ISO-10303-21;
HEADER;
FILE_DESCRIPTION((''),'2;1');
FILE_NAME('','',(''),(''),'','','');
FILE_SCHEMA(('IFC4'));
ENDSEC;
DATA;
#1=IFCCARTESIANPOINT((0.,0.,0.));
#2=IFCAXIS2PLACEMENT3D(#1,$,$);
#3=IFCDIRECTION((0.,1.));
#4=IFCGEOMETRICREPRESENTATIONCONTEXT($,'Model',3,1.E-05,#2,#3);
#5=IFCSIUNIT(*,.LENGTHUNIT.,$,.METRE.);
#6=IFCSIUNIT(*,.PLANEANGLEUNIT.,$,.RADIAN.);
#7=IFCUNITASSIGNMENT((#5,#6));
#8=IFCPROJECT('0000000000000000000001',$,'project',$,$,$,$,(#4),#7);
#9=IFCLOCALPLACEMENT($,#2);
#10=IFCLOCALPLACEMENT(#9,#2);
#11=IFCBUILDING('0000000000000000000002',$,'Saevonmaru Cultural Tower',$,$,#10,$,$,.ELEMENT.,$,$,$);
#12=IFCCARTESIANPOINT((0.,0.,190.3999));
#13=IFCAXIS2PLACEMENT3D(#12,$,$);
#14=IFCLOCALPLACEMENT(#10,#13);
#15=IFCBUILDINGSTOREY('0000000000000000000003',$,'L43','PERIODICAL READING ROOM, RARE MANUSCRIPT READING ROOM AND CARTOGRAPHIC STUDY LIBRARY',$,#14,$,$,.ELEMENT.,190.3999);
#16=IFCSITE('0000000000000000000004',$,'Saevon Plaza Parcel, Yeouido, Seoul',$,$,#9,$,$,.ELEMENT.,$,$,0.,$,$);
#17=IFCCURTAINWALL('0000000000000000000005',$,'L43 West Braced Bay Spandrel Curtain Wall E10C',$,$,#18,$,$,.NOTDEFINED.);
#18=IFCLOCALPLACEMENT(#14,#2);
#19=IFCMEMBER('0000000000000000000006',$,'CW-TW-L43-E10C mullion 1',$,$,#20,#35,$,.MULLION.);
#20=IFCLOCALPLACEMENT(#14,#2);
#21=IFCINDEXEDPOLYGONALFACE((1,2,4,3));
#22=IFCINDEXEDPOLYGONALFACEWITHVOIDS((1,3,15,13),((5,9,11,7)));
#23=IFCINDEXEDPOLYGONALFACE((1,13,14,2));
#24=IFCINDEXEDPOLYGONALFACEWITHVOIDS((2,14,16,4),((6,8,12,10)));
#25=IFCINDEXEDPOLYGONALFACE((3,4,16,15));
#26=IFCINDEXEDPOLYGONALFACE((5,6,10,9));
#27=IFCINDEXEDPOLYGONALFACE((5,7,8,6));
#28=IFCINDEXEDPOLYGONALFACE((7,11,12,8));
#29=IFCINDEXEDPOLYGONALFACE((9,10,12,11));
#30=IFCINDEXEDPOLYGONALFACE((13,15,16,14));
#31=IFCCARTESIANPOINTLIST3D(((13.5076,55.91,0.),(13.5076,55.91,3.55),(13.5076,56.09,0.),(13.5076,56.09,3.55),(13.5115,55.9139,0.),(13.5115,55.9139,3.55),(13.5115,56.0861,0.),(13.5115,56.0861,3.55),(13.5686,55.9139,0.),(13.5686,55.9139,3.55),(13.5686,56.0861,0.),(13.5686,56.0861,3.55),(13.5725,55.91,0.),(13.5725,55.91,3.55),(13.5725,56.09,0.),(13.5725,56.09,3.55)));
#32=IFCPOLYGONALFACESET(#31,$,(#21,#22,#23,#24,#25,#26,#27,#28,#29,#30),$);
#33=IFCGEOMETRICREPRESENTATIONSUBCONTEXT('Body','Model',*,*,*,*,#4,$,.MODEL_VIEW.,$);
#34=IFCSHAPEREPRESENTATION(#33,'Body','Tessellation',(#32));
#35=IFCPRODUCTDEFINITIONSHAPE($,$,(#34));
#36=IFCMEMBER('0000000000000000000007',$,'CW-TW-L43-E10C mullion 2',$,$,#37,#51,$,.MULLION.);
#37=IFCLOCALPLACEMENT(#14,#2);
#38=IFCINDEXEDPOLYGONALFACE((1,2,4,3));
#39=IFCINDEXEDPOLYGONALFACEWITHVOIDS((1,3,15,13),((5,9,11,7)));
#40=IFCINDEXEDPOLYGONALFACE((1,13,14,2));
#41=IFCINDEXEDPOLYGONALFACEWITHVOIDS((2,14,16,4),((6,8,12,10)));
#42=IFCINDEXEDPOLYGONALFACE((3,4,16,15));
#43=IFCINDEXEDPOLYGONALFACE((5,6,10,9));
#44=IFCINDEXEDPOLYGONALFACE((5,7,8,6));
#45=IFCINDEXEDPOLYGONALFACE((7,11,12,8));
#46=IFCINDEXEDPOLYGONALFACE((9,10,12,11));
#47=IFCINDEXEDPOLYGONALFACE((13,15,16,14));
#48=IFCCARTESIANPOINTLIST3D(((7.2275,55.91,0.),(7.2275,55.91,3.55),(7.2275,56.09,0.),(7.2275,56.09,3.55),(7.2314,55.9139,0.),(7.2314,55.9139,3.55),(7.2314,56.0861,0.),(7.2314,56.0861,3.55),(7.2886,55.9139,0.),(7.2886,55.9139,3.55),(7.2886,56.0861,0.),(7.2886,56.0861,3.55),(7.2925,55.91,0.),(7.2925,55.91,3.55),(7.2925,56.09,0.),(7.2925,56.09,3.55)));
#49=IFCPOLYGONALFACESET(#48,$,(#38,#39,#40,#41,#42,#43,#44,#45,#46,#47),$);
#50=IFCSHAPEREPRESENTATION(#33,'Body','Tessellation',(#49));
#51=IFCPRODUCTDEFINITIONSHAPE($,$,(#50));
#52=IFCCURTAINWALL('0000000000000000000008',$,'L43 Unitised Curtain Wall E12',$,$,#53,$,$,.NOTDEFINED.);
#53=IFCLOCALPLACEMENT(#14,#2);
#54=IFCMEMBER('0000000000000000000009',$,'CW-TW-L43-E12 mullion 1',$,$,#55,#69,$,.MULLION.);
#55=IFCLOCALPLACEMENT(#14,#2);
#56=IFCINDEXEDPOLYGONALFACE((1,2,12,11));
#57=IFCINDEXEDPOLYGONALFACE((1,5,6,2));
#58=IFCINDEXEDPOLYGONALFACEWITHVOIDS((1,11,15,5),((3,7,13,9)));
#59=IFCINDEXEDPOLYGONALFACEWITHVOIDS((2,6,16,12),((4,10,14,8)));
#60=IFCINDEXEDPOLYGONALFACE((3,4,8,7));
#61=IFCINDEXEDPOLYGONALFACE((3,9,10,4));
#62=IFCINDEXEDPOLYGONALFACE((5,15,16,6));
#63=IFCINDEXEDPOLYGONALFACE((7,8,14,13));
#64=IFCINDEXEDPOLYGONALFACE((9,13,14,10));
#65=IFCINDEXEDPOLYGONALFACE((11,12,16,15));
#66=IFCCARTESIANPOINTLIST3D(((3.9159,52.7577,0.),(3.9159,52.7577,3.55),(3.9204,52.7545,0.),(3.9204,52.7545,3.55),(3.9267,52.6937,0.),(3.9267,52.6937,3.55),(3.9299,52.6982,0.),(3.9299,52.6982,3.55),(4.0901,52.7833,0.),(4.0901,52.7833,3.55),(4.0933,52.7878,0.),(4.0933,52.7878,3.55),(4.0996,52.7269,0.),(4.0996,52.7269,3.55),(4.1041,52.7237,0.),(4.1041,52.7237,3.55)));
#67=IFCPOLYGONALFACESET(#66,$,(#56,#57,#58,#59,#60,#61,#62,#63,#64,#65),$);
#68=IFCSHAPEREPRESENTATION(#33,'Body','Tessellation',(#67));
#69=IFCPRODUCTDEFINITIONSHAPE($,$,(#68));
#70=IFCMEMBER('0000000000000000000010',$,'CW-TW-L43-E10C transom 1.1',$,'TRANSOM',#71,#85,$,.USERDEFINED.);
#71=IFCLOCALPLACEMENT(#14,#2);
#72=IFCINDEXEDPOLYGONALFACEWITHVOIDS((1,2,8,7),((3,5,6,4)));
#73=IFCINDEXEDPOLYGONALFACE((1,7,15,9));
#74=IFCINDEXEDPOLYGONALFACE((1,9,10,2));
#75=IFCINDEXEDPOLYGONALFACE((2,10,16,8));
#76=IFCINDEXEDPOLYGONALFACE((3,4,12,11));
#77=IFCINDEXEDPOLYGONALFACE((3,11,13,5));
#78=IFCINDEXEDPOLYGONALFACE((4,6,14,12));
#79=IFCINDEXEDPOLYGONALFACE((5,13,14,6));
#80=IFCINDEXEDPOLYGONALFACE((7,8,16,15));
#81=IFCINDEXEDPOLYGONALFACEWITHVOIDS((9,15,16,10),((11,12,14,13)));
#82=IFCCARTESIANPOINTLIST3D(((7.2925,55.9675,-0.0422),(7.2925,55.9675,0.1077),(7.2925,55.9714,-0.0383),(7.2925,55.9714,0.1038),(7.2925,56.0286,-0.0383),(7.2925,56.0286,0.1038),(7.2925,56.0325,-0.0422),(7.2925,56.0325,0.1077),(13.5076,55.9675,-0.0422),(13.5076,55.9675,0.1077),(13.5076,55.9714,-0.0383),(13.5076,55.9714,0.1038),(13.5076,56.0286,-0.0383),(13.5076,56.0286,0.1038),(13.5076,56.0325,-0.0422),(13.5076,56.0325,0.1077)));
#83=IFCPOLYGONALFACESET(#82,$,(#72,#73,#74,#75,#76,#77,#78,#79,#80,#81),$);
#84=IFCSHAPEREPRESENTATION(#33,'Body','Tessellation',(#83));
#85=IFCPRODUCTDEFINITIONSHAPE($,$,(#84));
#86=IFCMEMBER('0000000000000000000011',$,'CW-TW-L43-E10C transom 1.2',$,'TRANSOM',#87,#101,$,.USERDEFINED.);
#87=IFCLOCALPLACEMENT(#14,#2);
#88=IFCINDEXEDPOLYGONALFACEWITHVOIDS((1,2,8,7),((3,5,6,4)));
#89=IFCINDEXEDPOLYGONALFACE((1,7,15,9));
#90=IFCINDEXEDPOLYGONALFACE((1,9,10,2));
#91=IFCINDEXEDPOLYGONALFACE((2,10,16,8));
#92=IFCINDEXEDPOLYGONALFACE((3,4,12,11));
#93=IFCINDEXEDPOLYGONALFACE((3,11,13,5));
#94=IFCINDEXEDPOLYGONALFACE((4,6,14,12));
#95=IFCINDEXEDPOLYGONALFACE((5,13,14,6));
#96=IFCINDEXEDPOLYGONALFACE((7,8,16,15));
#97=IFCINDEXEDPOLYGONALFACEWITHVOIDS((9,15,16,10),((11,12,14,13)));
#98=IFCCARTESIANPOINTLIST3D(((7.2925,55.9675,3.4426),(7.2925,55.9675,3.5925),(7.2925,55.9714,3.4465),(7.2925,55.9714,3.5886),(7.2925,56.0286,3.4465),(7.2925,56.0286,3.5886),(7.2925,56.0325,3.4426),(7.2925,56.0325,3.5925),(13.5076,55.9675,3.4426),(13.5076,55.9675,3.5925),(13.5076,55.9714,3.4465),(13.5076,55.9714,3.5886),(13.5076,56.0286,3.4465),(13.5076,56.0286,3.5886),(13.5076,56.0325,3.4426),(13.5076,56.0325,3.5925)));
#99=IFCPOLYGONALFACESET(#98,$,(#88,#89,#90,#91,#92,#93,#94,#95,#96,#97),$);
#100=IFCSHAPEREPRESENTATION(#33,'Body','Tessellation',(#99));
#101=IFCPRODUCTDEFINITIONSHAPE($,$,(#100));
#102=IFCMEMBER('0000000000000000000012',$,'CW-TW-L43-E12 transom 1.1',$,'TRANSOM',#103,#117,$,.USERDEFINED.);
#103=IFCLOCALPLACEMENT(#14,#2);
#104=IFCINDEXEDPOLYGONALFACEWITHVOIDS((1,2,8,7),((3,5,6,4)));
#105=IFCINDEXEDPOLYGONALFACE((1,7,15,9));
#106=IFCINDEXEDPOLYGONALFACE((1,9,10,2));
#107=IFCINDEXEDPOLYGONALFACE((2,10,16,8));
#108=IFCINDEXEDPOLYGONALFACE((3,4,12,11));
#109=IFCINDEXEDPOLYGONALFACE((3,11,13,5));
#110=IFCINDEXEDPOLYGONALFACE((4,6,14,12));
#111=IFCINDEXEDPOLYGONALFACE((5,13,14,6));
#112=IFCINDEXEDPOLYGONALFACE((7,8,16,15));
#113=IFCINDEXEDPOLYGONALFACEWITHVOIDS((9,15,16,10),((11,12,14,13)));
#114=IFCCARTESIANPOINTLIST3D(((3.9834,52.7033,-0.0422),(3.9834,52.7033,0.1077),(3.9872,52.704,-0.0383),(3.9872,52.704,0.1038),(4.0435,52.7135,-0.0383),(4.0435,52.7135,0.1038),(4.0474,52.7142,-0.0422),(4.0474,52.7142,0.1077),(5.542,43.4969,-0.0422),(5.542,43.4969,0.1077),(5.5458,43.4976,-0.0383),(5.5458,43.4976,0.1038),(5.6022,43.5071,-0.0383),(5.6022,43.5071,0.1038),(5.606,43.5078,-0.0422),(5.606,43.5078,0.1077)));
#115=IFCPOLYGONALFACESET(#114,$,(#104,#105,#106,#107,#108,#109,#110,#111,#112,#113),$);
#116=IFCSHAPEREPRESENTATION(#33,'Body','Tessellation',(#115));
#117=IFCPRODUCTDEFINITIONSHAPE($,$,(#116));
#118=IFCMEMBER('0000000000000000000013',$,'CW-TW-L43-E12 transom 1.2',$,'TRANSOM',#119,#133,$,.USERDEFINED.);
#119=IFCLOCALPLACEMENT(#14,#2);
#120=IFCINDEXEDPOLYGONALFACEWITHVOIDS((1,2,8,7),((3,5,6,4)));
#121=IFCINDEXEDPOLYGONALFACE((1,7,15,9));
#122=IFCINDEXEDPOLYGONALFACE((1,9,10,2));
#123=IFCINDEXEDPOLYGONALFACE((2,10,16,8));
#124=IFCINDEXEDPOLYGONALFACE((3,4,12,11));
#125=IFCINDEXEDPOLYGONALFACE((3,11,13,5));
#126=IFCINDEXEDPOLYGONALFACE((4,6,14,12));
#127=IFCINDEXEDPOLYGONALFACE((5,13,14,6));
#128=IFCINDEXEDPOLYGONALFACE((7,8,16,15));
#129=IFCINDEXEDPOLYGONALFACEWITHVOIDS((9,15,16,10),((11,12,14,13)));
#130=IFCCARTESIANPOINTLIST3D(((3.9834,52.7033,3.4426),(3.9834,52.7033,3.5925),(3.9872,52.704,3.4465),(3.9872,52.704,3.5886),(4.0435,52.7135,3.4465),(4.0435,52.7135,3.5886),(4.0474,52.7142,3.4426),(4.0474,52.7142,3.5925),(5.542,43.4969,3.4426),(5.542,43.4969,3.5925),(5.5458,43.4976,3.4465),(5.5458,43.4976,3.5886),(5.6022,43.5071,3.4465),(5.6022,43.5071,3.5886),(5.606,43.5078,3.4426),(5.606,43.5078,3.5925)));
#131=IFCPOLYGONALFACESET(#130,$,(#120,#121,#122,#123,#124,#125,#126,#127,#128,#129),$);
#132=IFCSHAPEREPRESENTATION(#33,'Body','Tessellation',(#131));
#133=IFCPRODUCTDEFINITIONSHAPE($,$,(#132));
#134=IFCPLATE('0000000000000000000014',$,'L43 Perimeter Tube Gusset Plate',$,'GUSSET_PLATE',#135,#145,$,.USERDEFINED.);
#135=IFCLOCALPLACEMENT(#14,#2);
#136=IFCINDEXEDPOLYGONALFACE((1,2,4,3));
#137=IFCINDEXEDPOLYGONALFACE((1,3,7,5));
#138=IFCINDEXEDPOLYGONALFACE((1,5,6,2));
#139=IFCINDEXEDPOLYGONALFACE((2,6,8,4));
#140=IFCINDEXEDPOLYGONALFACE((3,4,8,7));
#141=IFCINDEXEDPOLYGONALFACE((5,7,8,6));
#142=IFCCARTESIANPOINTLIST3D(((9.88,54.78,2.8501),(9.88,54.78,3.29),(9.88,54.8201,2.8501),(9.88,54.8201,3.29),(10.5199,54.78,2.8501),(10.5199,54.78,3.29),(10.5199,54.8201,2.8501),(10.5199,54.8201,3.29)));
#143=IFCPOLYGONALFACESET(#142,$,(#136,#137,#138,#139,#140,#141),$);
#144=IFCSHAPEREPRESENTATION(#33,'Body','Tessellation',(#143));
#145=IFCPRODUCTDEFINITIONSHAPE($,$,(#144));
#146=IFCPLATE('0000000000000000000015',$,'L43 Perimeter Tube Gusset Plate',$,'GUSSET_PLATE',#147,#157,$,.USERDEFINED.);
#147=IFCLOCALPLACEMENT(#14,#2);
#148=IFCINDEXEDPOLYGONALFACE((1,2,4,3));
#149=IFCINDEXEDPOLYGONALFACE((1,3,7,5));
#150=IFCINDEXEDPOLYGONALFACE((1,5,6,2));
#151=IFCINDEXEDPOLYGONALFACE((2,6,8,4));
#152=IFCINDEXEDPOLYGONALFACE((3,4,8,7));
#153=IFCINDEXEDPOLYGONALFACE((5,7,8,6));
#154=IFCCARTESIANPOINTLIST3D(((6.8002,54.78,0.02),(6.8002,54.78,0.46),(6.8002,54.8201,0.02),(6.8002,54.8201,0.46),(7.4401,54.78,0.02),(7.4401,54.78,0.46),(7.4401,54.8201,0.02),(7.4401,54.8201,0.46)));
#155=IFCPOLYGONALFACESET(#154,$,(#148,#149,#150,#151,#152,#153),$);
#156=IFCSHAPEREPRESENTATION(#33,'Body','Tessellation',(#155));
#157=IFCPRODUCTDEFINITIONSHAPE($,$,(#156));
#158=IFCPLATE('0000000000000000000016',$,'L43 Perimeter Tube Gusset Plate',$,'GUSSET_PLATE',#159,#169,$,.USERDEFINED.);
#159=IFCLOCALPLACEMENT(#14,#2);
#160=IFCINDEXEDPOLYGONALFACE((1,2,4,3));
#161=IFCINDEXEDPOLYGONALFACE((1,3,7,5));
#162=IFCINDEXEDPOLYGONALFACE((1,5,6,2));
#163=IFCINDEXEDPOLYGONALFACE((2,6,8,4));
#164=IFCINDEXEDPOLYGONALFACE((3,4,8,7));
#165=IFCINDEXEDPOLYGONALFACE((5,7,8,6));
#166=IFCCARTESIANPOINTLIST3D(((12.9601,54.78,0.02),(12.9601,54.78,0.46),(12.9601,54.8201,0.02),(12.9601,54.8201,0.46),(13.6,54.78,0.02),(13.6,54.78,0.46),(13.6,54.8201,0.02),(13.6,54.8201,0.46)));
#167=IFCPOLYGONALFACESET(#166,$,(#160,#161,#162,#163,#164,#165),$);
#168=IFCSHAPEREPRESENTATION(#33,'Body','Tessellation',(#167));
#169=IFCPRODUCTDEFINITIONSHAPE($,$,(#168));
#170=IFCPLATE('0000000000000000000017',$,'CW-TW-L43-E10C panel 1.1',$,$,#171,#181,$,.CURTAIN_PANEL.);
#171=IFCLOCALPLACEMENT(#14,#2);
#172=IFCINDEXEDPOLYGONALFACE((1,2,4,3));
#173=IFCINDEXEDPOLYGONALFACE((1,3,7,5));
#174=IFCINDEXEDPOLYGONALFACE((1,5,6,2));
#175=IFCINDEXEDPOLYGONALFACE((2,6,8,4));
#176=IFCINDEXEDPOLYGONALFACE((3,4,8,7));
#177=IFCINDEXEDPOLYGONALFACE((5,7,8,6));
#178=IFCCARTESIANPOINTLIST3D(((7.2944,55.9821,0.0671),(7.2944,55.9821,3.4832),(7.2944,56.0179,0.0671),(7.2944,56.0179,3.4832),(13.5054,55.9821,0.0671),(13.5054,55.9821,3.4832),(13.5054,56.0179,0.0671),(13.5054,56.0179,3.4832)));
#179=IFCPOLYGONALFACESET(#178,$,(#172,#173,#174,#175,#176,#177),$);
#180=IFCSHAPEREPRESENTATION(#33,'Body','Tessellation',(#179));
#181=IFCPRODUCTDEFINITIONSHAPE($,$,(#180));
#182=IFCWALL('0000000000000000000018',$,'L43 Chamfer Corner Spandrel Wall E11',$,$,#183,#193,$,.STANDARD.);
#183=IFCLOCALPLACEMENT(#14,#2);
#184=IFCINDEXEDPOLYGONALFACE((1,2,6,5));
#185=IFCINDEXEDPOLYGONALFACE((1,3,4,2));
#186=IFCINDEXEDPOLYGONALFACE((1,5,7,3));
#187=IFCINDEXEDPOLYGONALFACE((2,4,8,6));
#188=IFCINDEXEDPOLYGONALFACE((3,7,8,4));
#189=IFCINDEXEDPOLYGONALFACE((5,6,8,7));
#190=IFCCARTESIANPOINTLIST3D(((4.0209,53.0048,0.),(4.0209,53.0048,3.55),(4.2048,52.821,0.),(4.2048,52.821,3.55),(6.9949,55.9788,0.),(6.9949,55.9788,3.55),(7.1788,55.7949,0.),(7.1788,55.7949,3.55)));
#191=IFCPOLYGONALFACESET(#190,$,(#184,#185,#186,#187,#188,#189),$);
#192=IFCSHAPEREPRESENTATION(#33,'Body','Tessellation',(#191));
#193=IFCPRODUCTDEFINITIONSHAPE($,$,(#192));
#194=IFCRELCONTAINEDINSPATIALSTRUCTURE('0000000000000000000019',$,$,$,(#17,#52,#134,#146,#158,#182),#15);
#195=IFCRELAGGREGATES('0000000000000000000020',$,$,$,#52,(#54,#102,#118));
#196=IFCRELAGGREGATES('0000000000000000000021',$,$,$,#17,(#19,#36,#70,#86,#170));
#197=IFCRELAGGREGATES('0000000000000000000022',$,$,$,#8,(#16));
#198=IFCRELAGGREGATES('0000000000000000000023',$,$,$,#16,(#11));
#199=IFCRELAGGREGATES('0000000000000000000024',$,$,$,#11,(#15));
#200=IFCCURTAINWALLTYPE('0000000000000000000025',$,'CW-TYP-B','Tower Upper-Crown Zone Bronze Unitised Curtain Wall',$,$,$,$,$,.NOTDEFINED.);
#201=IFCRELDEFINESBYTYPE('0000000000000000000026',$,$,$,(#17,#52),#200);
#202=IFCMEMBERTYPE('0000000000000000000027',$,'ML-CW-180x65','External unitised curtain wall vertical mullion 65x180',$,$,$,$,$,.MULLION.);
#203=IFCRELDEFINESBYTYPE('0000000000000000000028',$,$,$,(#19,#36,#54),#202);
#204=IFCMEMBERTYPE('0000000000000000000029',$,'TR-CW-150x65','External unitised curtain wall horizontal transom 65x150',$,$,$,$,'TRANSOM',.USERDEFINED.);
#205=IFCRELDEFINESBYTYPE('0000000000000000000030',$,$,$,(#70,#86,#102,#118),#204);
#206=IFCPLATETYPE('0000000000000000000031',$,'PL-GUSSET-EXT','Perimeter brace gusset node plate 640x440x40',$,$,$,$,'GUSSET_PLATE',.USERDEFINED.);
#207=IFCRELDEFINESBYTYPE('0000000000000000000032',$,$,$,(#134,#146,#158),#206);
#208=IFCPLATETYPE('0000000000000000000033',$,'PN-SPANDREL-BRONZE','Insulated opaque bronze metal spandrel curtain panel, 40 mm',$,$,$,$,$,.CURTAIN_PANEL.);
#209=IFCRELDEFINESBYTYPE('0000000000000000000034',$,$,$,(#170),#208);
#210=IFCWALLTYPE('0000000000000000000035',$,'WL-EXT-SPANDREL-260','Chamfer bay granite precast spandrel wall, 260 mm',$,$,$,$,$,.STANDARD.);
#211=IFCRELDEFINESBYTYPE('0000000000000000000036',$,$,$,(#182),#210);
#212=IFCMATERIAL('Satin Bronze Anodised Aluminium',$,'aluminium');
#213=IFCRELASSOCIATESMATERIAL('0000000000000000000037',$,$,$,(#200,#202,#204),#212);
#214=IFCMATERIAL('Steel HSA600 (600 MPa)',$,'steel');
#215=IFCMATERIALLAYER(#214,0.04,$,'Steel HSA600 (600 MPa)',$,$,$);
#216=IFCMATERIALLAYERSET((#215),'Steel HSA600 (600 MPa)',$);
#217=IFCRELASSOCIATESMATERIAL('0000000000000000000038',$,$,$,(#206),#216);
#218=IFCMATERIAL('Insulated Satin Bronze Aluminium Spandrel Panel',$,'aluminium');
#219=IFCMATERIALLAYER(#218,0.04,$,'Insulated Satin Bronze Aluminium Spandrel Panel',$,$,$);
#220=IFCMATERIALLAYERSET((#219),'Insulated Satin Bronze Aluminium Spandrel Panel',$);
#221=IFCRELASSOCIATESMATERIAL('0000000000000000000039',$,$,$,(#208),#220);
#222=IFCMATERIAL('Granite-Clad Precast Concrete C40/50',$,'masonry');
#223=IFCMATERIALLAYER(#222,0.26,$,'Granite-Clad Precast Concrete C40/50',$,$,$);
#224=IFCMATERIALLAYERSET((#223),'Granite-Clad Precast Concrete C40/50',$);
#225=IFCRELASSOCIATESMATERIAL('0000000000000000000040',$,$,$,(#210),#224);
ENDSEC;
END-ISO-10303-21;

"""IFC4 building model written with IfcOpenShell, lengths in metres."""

from ifc_helpers import new_model, si_unit, direction, frame, frame_2d, origin, origin_2d, place, context, subcontext, project, spatial, rectangle, hollow_rectangle, extrude, material, layer, layer_set, material_profile, profile_set, type_object, element, aggregate, save


model = new_model("IFC4")

# Units and contexts
model_context = context("Model", 3, precision=1e-05, world=origin(), true_north=direction((0.0, 1.0)))
body_context = subcontext(model_context, "Body", "Model", "MODEL_VIEW")
ifc_project = project(units=[si_unit("LENGTHUNIT", "METRE"), si_unit("PLANEANGLEUNIT", "RADIAN")], contexts=[model_context])

# Site, building, storey
site_placement = place(None, origin())
site = spatial("IfcSite", under=ifc_project, at=site_placement, Name="Saevon Plaza Parcel, Yeouido, Seoul", CompositionType="ELEMENT", RefElevation=0.0)
building_placement = place(site_placement, origin())
building = spatial("IfcBuilding", under=site, at=building_placement, Name="Saevonmaru Cultural Tower", CompositionType="ELEMENT")
storey_placement = place(building_placement, frame((0.0, 0.0, 190.3999)))
storey = spatial("IfcBuildingStorey", under=building, at=storey_placement, Name="L43", Description="PERIODICAL READING ROOM, RARE MANUSCRIPT READING ROOM AND CARTOGRAPHIC STUDY LIBRARY", CompositionType="ELEMENT", Elevation=190.3999)

# Curtain wall, members
ifc_material_1 = material(Name="Satin Bronze Anodised Aluminium", Category="aluminium")
curtain_wall_type = type_object("IfcCurtainWallType", Name="CW-TYP-B", Description="Tower Upper-Crown Zone Bronze Unitised Curtain Wall", PredefinedType="NOTDEFINED", material=ifc_material_1)
curtain_wall_1_placement = place(storey_placement, origin())
curtain_wall_1 = element("IfcCurtainWall", 1, at=curtain_wall_1_placement, inside=storey, type_object=curtain_wall_type, Name="L43 West Braced Bay Spandrel Curtain Wall E10C", PredefinedType="NOTDEFINED")
ifc_material_profile_1 = material_profile(ifc_material_1, hollow_rectangle(XDim=0.0649, YDim=0.1799, WallThickness=0.0039, at=origin_2d()), Name="ALU-MULL-180x65x4")
ifc_profile_set_1 = profile_set([ifc_material_profile_1], Name="Satin Bronze Anodised Aluminium")
member_type_1 = type_object("IfcMemberType", Name="ML-CW-180x65", Description="External unitised curtain wall vertical mullion 65x180", PredefinedType="MULLION", material=ifc_profile_set_1)
member_1_placement = place(storey_placement, frame((13.54, 56.0, 0.0), z_axis=(0.0, 0.0, 1.0), x_axis=(-1.0, 0.0, 0.0)))
member_1 = element("IfcMember", 2, at=member_1_placement, type_object=member_type_1, Name="CW-TW-L43-E10C mullion 1", PredefinedType="MULLION", context=body_context, shape_type="SweptSolid", body=[
    extrude(hollow_rectangle(XDim=0.0649, YDim=0.1799, WallThickness=0.0039, at=origin_2d()), origin(), (0.0, 0.0, 1.0), 3.55),
])
member_2_placement = place(storey_placement, frame((7.26, 56.0, 0.0), z_axis=(0.0, 0.0, 1.0), x_axis=(-1.0, 0.0, 0.0)))
member_2 = element("IfcMember", 3, at=member_2_placement, type_object=member_type_1, Name="CW-TW-L43-E10C mullion 2", PredefinedType="MULLION", context=body_context, shape_type="SweptSolid", body=[
    extrude(hollow_rectangle(XDim=0.0649, YDim=0.1799, WallThickness=0.0039, at=origin_2d()), origin(), (0.0, 0.0, 1.0), 3.55),
])

# Curtain wall, member
curtain_wall_2_placement = place(storey_placement, origin())
curtain_wall_2 = element("IfcCurtainWall", 4, at=curtain_wall_2_placement, inside=storey, type_object=curtain_wall_type, Name="L43 Unitised Curtain Wall E12", PredefinedType="NOTDEFINED")
member_3_placement = place(storey_placement, frame((4.01, 52.7407, 0.0), z_axis=(0.0, 0.0, 1.0), x_axis=(0.166922, -0.98597, 0.0)))
member_3 = element("IfcMember", 5, at=member_3_placement, type_object=member_type_1, Name="CW-TW-L43-E12 mullion 1", PredefinedType="MULLION", context=body_context, shape_type="SweptSolid", body=[
    extrude(hollow_rectangle(XDim=0.0649, YDim=0.1799, WallThickness=0.0039, at=origin_2d()), origin(), (0.0, 0.0, 1.0), 3.55),
])

# Members
ifc_material_profile_2 = material_profile(ifc_material_1, hollow_rectangle(XDim=0.0649, YDim=0.1499, WallThickness=0.0039, at=origin_2d()), Name="ALU-TRAN-150x65x4")
ifc_profile_set_2 = profile_set([ifc_material_profile_2], Name="Satin Bronze Anodised Aluminium")
member_type_2 = type_object("IfcMemberType", Name="TR-CW-150x65", Description="External unitised curtain wall horizontal transom 65x150", ElementType="TRANSOM", PredefinedType="USERDEFINED", material=ifc_profile_set_2)
member_4_placement = place(storey_placement, frame((13.5076, 56.0, 0.0327), z_axis=(-1.0, 0.0, 0.0), x_axis=(0.0, -1.0, 0.0)))
member_4 = element("IfcMember", 6, at=member_4_placement, type_object=member_type_2, Name="CW-TW-L43-E10C transom 1.1", ObjectType="TRANSOM", PredefinedType="USERDEFINED", context=body_context, shape_type="SweptSolid", body=[
    extrude(hollow_rectangle(XDim=0.0649, YDim=0.1499, WallThickness=0.0039, at=origin_2d()), origin(), (0.0, 0.0, 1.0), 6.2151),
])
member_5_placement = place(storey_placement, frame((13.5076, 56.0, 3.5176), z_axis=(-1.0, 0.0, 0.0), x_axis=(0.0, -1.0, 0.0)))
member_5 = element("IfcMember", 7, at=member_5_placement, type_object=member_type_2, Name="CW-TW-L43-E10C transom 1.2", ObjectType="TRANSOM", PredefinedType="USERDEFINED", context=body_context, shape_type="SweptSolid", body=[
    extrude(hollow_rectangle(XDim=0.0649, YDim=0.1499, WallThickness=0.0039, at=origin_2d()), origin(), (0.0, 0.0, 1.0), 6.2151),
])
member_6_placement = place(storey_placement, frame((4.0154, 52.7087, 0.0327), z_axis=(0.166921, -0.98597, 0.0), x_axis=(0.98597, 0.166921, 0.0)))
member_6 = element("IfcMember", 8, at=member_6_placement, type_object=member_type_2, Name="CW-TW-L43-E12 transom 1.1", ObjectType="TRANSOM", PredefinedType="USERDEFINED", context=body_context, shape_type="SweptSolid", body=[
    extrude(hollow_rectangle(XDim=0.0649, YDim=0.1499, WallThickness=0.0039, at=origin_2d()), origin(), (0.0, 0.0, 1.0), 9.3374),
])
member_7_placement = place(storey_placement, frame((4.0154, 52.7087, 3.5176), z_axis=(0.166921, -0.98597, 0.0), x_axis=(0.98597, 0.166921, 0.0)))
member_7 = element("IfcMember", 9, at=member_7_placement, type_object=member_type_2, Name="CW-TW-L43-E12 transom 1.2", ObjectType="TRANSOM", PredefinedType="USERDEFINED", context=body_context, shape_type="SweptSolid", body=[
    extrude(hollow_rectangle(XDim=0.0649, YDim=0.1499, WallThickness=0.0039, at=origin_2d()), origin(), (0.0, 0.0, 1.0), 9.3374),
])
aggregate(curtain_wall_2, [member_3, member_6, member_7])

# Plates
ifc_material_2 = material(Name="Steel HSA600 (600 MPa)", Category="steel")
ifc_layer_1 = layer(ifc_material_2, 0.04, Name="Steel HSA600 (600 MPa)")
ifc_layer_set_1 = layer_set([ifc_layer_1], Name="Steel HSA600 (600 MPa)")
plate_type_1 = type_object("IfcPlateType", Name="PL-GUSSET-EXT", Description="Perimeter brace gusset node plate 640x440x40", ElementType="GUSSET_PLATE", PredefinedType="USERDEFINED", material=ifc_layer_set_1)
for number, where, z_axis, x_axis, name in (
    (10, (10.2, 54.8, 2.8501), (0.0, 0.0, 1.0), (1.0, 0.0, 0.0), "L43 Perimeter Tube Gusset Plate"),
    (11, (7.1201, 54.8, 0.02), (0.0, 0.0, 1.0), (1.0, 0.0, 0.0), "L43 Perimeter Tube Gusset Plate"),
    (12, (13.28, 54.8, 0.02), (0.0, 0.0, 1.0), (1.0, 0.0, 0.0), "L43 Perimeter Tube Gusset Plate"),
):
    element("IfcPlate", number, at=place(storey_placement, frame(where, z_axis=z_axis, x_axis=x_axis)), inside=storey, type_object=plate_type_1, Name=name, ObjectType="GUSSET_PLATE", PredefinedType="USERDEFINED", context=body_context, shape_type="SweptSolid", body=[
        extrude(rectangle(XDim=0.6399, YDim=0.04, at=origin_2d()), origin(), (0.0, 0.0, 1.0), 0.4399),
    ])

# Plate
ifc_material_3 = material(Name="Insulated Satin Bronze Aluminium Spandrel Panel", Category="aluminium")
ifc_layer_2 = layer(ifc_material_3, 0.04, Name="Insulated Satin Bronze Aluminium Spandrel Panel")
ifc_layer_set_2 = layer_set([ifc_layer_2], Name="Insulated Satin Bronze Aluminium Spandrel Panel")
plate_type_2 = type_object("IfcPlateType", Name="PN-SPANDREL-BRONZE", Description="Insulated opaque bronze metal spandrel curtain panel, 40 mm", PredefinedType="CURTAIN_PANEL", material=ifc_layer_set_2)
plate_placement = place(storey_placement, frame((10.3999, 56.0, 0.0671), z_axis=(0.0, 0.0, 1.0), x_axis=(-1.0, 0.0, 0.0)))
plate = element("IfcPlate", 13, at=plate_placement, type_object=plate_type_2, Name="CW-TW-L43-E10C panel 1.1", PredefinedType="CURTAIN_PANEL", context=body_context, shape_type="SweptSolid", body=[
    extrude(rectangle(XDim=6.2109, YDim=0.0359, at=origin_2d()), origin(), (0.0, 0.0, 1.0), 3.416),
])
aggregate(curtain_wall_1, [member_1, member_2, member_4, member_5, plate])

# Wall
ifc_material_4 = material(Name="Granite-Clad Precast Concrete C40/50", Category="masonry")
ifc_layer_3 = layer(ifc_material_4, 0.26, Name="Granite-Clad Precast Concrete C40/50")
ifc_layer_set_3 = layer_set([ifc_layer_3], Name="Granite-Clad Precast Concrete C40/50")
wall_type_1 = type_object("IfcWallType", Name="WL-EXT-SPANDREL-260", Description="Chamfer bay granite precast spandrel wall, 260 mm", PredefinedType="STANDARD", material=ifc_layer_set_3)
wall_1_placement = place(storey_placement, frame((7.0869, 55.887, 0.0), z_axis=(0.0, 0.0, 1.0), x_axis=(-0.707107, -0.707107, 0.0)))
element("IfcWall", 14, at=wall_1_placement, inside=storey, type_object=wall_type_1, Name="L43 Chamfer Corner Spandrel Wall E11", PredefinedType="STANDARD", context=body_context, shape_type="SweptSolid", body=[
    extrude(rectangle(XDim=4.2058, YDim=0.26, at=frame_2d((2.103, 0.0))), origin(), (0.0, 0.0, 1.0), 3.55),
])

save(model, "model.ifc")
